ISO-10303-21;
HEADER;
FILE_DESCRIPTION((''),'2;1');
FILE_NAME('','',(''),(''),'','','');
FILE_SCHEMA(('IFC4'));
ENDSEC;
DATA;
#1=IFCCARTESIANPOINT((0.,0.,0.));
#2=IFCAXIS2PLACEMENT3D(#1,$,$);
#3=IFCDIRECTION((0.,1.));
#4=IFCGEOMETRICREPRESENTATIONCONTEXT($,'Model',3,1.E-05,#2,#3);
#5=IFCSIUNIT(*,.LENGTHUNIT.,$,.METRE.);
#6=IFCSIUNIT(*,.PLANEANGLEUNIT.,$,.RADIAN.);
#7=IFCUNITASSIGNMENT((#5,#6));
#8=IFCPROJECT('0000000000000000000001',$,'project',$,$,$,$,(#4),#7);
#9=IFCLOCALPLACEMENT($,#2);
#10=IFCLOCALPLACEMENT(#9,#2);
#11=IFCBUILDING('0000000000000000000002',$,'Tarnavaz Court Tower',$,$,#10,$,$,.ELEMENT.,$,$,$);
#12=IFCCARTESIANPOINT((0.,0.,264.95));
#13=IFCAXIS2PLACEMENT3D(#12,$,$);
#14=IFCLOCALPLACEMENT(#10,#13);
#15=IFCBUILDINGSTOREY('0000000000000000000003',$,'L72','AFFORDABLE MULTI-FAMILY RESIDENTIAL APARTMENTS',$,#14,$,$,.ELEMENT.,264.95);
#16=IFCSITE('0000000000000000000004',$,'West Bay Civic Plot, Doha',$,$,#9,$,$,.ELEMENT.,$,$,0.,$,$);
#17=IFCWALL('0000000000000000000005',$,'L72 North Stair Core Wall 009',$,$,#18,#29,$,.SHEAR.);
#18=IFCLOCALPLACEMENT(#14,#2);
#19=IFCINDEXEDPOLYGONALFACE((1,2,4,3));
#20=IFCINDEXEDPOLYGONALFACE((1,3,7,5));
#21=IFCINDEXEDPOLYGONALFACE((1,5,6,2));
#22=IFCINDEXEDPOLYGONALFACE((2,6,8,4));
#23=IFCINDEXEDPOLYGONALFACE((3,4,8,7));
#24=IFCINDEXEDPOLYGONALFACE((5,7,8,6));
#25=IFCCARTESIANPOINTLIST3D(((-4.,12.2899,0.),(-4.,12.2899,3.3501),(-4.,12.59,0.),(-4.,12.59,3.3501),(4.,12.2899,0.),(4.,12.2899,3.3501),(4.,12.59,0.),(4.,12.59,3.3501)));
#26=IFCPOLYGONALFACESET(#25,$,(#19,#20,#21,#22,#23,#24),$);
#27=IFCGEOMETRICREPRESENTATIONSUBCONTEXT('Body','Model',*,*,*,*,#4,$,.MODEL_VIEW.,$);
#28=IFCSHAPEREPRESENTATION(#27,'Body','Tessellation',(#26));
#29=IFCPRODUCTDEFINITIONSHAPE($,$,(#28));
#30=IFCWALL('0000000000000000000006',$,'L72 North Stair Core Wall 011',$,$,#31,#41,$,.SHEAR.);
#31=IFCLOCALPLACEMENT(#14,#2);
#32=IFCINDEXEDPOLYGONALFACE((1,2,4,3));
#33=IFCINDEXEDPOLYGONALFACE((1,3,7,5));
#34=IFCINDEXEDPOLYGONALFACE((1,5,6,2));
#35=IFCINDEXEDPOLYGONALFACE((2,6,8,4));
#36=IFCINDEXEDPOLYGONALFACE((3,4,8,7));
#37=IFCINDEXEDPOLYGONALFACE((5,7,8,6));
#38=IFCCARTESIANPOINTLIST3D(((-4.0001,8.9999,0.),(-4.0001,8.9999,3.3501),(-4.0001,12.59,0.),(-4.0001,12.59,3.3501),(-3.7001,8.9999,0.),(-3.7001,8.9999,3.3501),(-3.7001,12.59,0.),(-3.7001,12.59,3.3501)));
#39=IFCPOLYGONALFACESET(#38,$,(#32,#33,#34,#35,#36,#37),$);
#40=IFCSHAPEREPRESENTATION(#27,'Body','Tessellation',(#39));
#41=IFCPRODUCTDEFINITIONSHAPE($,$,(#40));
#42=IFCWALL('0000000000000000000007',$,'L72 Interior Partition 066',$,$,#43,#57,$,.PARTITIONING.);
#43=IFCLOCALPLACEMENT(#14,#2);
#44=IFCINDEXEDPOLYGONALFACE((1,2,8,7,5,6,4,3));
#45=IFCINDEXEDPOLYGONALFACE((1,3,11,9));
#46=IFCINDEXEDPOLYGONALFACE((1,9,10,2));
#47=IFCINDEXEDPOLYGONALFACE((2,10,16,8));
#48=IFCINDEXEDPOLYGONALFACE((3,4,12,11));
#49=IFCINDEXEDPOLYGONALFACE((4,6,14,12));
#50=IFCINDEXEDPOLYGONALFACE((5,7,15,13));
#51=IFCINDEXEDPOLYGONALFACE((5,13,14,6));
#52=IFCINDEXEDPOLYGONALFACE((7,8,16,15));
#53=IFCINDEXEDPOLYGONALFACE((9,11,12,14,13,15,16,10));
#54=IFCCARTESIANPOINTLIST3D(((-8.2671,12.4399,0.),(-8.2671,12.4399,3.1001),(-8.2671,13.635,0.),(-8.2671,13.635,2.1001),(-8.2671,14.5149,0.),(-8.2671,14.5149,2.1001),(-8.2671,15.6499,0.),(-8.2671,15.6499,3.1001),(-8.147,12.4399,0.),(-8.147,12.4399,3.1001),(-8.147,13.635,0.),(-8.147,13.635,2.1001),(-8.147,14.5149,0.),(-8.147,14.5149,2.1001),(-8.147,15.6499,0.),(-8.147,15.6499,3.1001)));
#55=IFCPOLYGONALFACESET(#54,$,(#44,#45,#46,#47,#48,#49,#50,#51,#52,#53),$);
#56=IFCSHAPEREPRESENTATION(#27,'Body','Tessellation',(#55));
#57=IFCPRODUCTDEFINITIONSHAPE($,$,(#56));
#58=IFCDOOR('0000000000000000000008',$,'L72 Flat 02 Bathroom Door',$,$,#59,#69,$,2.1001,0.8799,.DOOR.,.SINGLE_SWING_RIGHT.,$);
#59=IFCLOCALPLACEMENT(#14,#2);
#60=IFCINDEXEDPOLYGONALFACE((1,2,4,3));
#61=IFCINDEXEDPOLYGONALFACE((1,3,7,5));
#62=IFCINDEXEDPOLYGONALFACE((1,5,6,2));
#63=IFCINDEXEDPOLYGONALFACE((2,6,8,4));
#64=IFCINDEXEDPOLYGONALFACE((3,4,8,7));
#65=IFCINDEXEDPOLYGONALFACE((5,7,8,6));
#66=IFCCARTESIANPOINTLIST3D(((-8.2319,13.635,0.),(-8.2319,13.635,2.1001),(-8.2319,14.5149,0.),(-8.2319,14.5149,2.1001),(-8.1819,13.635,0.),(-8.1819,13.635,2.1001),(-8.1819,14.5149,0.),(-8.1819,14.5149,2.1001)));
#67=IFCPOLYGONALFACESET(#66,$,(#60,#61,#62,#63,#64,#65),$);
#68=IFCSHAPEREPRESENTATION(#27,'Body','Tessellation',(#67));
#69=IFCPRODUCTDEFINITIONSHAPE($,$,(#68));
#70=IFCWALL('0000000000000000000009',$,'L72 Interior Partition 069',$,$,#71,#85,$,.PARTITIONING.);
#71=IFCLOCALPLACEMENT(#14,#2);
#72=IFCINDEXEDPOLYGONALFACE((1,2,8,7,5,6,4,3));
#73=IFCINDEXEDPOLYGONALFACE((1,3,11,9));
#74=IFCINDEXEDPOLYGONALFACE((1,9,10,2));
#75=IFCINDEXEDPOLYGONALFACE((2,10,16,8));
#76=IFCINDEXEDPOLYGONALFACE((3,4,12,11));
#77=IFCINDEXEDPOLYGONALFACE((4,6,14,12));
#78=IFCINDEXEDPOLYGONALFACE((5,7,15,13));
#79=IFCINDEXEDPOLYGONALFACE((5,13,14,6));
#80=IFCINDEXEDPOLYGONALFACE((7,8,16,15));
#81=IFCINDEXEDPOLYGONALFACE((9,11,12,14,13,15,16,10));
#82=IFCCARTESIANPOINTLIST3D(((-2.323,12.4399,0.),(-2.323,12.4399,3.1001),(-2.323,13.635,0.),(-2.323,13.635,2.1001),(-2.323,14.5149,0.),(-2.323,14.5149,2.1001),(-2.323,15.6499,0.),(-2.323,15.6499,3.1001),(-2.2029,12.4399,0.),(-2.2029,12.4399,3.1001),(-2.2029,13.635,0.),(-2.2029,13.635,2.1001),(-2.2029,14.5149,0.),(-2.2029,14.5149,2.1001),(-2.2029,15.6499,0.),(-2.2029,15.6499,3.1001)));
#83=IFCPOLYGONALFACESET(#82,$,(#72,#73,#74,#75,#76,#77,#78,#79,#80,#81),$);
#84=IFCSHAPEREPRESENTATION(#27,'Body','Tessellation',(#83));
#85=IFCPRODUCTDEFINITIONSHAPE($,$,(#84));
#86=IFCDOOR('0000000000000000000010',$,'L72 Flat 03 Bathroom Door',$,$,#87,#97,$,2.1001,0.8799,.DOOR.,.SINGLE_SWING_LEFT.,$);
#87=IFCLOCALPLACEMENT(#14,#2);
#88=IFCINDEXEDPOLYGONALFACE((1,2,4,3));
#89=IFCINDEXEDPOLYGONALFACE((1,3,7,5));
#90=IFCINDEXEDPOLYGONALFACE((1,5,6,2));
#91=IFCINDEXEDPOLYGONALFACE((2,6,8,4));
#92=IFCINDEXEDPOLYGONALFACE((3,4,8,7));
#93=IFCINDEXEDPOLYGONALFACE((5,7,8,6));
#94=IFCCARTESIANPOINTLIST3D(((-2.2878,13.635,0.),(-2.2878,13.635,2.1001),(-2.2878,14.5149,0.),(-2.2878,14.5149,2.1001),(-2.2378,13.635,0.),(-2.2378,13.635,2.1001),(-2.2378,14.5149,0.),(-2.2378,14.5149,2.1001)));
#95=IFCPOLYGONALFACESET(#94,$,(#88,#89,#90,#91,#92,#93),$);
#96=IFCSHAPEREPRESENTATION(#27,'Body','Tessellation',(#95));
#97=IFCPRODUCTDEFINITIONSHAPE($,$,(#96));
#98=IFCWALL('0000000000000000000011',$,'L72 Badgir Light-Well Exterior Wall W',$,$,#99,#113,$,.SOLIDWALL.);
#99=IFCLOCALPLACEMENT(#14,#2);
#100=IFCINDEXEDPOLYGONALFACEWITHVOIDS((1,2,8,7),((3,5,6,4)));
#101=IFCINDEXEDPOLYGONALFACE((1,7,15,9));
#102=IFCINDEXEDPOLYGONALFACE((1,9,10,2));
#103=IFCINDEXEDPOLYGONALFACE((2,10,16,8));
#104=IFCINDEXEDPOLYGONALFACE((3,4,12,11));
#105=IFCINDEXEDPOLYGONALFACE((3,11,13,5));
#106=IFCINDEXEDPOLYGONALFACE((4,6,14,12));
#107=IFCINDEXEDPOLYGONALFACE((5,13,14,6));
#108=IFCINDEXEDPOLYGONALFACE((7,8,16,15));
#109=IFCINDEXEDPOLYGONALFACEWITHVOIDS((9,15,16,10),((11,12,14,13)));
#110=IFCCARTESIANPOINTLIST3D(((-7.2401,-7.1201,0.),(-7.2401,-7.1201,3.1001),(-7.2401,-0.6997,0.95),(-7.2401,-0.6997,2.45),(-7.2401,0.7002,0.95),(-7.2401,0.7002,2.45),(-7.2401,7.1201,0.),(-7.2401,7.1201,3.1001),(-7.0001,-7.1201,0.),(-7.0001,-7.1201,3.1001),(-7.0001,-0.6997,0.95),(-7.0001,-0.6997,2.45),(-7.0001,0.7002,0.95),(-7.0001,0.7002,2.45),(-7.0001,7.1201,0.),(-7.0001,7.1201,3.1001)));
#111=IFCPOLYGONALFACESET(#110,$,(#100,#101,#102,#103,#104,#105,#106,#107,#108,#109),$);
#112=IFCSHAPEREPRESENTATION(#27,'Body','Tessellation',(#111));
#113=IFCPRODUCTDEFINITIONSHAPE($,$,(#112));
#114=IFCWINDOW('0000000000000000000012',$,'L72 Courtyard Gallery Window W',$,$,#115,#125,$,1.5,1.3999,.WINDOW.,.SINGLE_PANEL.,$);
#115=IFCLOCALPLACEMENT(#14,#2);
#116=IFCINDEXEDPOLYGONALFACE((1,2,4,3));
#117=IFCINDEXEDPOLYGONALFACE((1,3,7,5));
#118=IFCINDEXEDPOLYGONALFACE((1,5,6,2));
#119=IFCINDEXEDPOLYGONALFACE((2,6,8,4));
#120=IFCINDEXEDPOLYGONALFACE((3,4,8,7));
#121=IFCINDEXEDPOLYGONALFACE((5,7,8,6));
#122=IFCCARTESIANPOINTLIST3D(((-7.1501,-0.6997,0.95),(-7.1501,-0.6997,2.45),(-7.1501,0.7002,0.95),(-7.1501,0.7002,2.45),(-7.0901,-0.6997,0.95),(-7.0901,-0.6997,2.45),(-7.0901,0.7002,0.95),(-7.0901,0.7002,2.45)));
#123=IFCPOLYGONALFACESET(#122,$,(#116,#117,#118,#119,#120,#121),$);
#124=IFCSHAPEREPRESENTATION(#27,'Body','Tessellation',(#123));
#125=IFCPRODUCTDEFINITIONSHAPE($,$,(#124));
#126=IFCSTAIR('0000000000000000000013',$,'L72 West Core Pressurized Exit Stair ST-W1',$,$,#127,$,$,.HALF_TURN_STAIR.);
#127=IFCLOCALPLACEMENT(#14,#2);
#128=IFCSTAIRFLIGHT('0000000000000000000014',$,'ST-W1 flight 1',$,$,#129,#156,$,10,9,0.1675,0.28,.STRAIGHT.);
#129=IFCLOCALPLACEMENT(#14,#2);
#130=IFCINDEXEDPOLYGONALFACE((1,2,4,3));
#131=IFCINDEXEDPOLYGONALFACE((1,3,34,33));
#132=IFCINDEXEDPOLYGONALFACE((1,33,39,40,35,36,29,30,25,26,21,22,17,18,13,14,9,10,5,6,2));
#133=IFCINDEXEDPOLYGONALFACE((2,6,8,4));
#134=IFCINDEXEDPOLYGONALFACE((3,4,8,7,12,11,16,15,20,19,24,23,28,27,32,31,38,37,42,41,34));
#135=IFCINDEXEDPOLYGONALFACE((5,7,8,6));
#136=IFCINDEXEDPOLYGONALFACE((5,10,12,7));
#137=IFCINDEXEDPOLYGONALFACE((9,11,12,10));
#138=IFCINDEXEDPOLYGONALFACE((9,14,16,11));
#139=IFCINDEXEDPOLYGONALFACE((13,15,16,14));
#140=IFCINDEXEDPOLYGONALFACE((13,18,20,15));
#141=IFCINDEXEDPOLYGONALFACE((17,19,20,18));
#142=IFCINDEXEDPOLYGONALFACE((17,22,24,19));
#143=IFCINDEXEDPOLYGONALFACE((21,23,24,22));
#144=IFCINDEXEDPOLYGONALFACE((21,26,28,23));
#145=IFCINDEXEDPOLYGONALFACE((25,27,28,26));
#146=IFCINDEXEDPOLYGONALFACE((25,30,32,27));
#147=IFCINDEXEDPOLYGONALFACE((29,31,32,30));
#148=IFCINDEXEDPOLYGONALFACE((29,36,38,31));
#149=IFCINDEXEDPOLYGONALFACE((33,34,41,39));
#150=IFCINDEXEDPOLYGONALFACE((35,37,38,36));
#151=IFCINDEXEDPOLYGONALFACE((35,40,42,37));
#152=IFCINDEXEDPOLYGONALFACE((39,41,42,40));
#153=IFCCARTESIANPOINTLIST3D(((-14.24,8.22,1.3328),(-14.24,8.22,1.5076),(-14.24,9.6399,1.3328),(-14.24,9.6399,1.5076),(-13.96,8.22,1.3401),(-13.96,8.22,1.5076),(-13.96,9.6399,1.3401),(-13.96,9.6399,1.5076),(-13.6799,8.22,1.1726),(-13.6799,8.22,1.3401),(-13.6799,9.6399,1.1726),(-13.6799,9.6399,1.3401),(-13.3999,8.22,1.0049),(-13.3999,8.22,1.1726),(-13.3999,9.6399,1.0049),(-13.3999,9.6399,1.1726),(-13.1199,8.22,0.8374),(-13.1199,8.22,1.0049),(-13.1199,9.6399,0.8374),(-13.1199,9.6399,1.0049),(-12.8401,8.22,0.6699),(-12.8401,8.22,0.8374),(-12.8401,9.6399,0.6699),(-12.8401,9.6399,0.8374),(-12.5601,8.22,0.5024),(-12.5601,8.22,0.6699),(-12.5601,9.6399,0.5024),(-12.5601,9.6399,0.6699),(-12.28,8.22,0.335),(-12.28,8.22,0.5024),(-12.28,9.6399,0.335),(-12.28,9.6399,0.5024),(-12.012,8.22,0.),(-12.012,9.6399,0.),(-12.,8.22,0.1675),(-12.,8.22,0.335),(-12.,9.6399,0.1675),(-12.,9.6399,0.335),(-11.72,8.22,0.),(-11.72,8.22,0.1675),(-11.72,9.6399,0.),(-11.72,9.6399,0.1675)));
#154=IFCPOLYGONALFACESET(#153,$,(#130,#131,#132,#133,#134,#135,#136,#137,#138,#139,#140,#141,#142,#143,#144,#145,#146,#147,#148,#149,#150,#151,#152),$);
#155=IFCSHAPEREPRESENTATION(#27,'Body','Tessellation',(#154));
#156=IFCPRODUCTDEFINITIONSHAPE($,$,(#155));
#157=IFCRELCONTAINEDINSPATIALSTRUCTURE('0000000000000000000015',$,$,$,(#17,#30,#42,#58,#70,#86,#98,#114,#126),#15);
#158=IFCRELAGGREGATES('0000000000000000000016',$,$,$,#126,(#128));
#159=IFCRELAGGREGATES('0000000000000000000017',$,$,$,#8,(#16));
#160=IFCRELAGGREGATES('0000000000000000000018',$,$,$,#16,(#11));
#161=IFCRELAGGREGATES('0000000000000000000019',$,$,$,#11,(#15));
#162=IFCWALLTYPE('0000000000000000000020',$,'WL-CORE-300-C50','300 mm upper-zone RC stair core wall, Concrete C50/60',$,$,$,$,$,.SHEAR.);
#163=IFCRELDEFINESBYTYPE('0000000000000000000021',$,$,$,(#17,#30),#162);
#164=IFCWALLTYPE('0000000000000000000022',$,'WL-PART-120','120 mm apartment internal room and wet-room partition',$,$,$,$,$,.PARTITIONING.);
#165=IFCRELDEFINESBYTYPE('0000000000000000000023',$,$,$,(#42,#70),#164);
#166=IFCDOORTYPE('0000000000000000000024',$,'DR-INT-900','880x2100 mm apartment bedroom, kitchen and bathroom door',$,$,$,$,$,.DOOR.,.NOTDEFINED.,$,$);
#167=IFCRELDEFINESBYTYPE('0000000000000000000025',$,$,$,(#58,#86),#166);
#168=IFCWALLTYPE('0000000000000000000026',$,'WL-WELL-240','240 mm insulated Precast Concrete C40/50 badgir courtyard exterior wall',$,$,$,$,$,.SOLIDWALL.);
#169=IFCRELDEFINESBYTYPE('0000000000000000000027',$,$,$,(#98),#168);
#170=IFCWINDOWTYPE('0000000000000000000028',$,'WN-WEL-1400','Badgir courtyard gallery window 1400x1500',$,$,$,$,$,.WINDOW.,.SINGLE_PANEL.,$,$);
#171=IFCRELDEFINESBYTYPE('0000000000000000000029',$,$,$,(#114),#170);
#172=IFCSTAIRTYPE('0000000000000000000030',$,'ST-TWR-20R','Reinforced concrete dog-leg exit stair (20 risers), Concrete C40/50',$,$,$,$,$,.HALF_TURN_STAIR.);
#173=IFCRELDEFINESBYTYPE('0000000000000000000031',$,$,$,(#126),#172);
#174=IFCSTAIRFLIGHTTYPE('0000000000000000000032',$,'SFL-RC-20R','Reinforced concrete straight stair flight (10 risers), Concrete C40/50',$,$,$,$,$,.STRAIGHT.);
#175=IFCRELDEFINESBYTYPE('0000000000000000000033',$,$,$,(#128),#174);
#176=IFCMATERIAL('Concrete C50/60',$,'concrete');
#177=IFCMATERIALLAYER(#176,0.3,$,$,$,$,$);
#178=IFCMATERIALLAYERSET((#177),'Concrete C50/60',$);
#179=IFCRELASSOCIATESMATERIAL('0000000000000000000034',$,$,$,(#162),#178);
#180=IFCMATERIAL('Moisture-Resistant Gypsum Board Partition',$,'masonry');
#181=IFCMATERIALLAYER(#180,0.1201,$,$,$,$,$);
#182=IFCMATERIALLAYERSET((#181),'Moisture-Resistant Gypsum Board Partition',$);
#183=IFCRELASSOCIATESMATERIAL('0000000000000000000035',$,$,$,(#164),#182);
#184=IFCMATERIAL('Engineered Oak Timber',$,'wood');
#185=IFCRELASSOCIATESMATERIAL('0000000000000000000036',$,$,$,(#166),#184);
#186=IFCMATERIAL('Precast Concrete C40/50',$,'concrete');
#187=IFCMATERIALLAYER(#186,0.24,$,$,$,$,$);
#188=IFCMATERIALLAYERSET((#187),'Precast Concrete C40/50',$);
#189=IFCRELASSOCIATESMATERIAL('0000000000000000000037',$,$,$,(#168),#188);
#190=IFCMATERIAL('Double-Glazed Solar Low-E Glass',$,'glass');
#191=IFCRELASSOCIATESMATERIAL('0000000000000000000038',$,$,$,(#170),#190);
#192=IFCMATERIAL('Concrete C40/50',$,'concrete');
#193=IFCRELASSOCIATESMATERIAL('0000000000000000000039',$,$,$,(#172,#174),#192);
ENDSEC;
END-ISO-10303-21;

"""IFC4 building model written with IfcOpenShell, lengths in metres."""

from ifc_helpers import new_model, si_unit, direction, frame, frame_2d, origin, place, context, subcontext, project, spatial, polyline, rectangle, outline, extrude, material, layer, layer_set, type_object, element, fill, aggregate, save


model = new_model("IFC4")

# Units and contexts
model_context = context("Model", 3, precision=1e-05, world=origin(), true_north=direction((0.0, 1.0)))
body_context = subcontext(model_context, "Body", "Model", "MODEL_VIEW")
ifc_project = project(units=[si_unit("LENGTHUNIT", "METRE"), si_unit("PLANEANGLEUNIT", "RADIAN")], contexts=[model_context])

# Site, building, storey
site_placement = place(None, origin())
site = spatial("IfcSite", under=ifc_project, at=site_placement, Name="West Bay Civic Plot, Doha", CompositionType="ELEMENT", RefElevation=0.0)
building_placement = place(site_placement, origin())
building = spatial("IfcBuilding", under=site, at=building_placement, Name="Tarnavaz Court Tower", CompositionType="ELEMENT")
storey_placement = place(building_placement, frame((0.0, 0.0, 264.95)))
storey = spatial("IfcBuildingStorey", under=building, at=storey_placement, Name="L72", Description="AFFORDABLE MULTI-FAMILY RESIDENTIAL APARTMENTS", CompositionType="ELEMENT", Elevation=264.95)

# Shared definitions
ifc_material_1 = material(Name="Concrete C50/60", Category="concrete")

# Wall
ifc_layer_1 = layer(ifc_material_1, 0.3)
ifc_layer_set_1 = layer_set([ifc_layer_1], Name="Concrete C50/60")
wall_type_1 = type_object("IfcWallType", Name="WL-CORE-300-C50", Description="300 mm upper-zone RC stair core wall, Concrete C50/60", PredefinedType="SHEAR", material=ifc_layer_set_1)
wall_1_placement = place(storey_placement, frame((-4.0, 12.4399, 0.0), z_axis=(0.0, 0.0, 1.0), x_axis=(1.0, 0.0, 0.0)))
element("IfcWall", 1, at=wall_1_placement, inside=storey, type_object=wall_type_1, Name="L72 North Stair Core Wall 009", PredefinedType="SHEAR", context=body_context, shape_type="SweptSolid", body=[
    extrude(rectangle(XDim=8.0, YDim=0.3, at=frame_2d((4.0, 0.0))), origin(), (0.0, 0.0, 1.0), 3.3501),
])

# Wall
wall_2_placement = place(storey_placement, frame((-3.8501, 9.0, 0.0), z_axis=(0.0, 0.0, 1.0), x_axis=(0.0, 1.0, 0.0)))
element("IfcWall", 2, at=wall_2_placement, inside=storey, type_object=wall_type_1, Name="L72 North Stair Core Wall 011", PredefinedType="SHEAR", context=body_context, shape_type="SweptSolid", body=[
    extrude(rectangle(XDim=3.5901, YDim=0.3, at=frame_2d((1.7949, 0.0))), origin(), (0.0, 0.0, 1.0), 3.3501),
])

# Walls, openings, doors
ifc_material_2 = material(Name="Moisture-Resistant Gypsum Board Partition", Category="masonry")
ifc_layer_2 = layer(ifc_material_2, 0.1201)
ifc_layer_set_2 = layer_set([ifc_layer_2], Name="Moisture-Resistant Gypsum Board Partition")
wall_type_2 = type_object("IfcWallType", Name="WL-PART-120", Description="120 mm apartment internal room and wet-room partition", PredefinedType="PARTITIONING", material=ifc_layer_set_2)
wall_3_placement = place(storey_placement, frame((-8.207, 12.4399, 0.0), z_axis=(0.0, 0.0, 1.0), x_axis=(0.0, 1.0, 0.0)))
wall_3 = element("IfcWall", 3, at=wall_3_placement, inside=storey, type_object=wall_type_2, Name="L72 Interior Partition 066", PredefinedType="PARTITIONING", context=body_context, shape_type="SweptSolid", body=[
    extrude(rectangle(XDim=3.21, YDim=0.1201, at=frame_2d((1.605, 0.0))), origin(), (0.0, 0.0, 1.0), 3.1001),
])
opening_1_placement = place(wall_3_placement, frame((1.1951, 0.0, 0.0)))
opening_1 = element("IfcOpeningElement", 4, at=opening_1_placement, cuts=wall_3, PredefinedType="OPENING", context=body_context, shape_type="SweptSolid", body=[
    extrude(rectangle(XDim=0.8799, YDim=2.1001, at=frame_2d((0.4399, 1.05))), frame((0.0, 0.0701, 0.0), z_axis=(0.0, -1.0, 0.0), x_axis=(1.0, 0.0, 0.0)), (0.0, 0.0, 1.0), 0.1401),
])
ifc_material_3 = material(Name="Engineered Oak Timber", Category="wood")
door_type_1 = type_object("IfcDoorType", Name="DR-INT-900", Description="880x2100 mm apartment bedroom, kitchen and bathroom door", OperationType="NOTDEFINED", PredefinedType="DOOR", material=ifc_material_3)
door_1_placement = place(opening_1_placement, origin())
door_1 = element("IfcDoor", 5, at=door_1_placement, inside=storey, type_object=door_type_1, Name="L72 Flat 02 Bathroom Door", OperationType="SINGLE_SWING_RIGHT", OverallHeight=2.1001, OverallWidth=0.8799, PredefinedType="DOOR", context=body_context, shape_type="SweptSolid", body=[
    extrude(rectangle(XDim=0.8799, YDim=2.1001, at=frame_2d((0.4399, 1.05))), frame((0.0, 0.0249, 0.0), z_axis=(0.0, -1.0, 0.0), x_axis=(1.0, 0.0, 0.0)), (0.0, 0.0, 1.0), 0.05),
])
fill(opening_1, door_1)
wall_4_placement = place(storey_placement, frame((-2.2629, 12.4399, 0.0), z_axis=(0.0, 0.0, 1.0), x_axis=(0.0, 1.0, 0.0)))
wall_4 = element("IfcWall", 6, at=wall_4_placement, inside=storey, type_object=wall_type_2, Name="L72 Interior Partition 069", PredefinedType="PARTITIONING", context=body_context, shape_type="SweptSolid", body=[
    extrude(rectangle(XDim=3.21, YDim=0.1201, at=frame_2d((1.605, 0.0))), origin(), (0.0, 0.0, 1.0), 3.1001),
])
opening_2_placement = place(wall_4_placement, frame((1.1951, 0.0, 0.0)))
opening_2 = element("IfcOpeningElement", 7, at=opening_2_placement, cuts=wall_4, PredefinedType="OPENING", context=body_context, shape_type="SweptSolid", body=[
    extrude(rectangle(XDim=0.8799, YDim=2.1001, at=frame_2d((0.4399, 1.05))), frame((0.0, 0.0701, 0.0), z_axis=(0.0, -1.0, 0.0), x_axis=(1.0, 0.0, 0.0)), (0.0, 0.0, 1.0), 0.1401),
])
door_2_placement = place(opening_2_placement, origin())
door_2 = element("IfcDoor", 8, at=door_2_placement, inside=storey, type_object=door_type_1, Name="L72 Flat 03 Bathroom Door", OperationType="SINGLE_SWING_LEFT", OverallHeight=2.1001, OverallWidth=0.8799, PredefinedType="DOOR", context=body_context, shape_type="SweptSolid", body=[
    extrude(rectangle(XDim=0.8799, YDim=2.1001, at=frame_2d((0.4399, 1.05))), frame((0.0, 0.0249, 0.0), z_axis=(0.0, -1.0, 0.0), x_axis=(1.0, 0.0, 0.0)), (0.0, 0.0, 1.0), 0.05),
])
fill(opening_2, door_2)

# Wall, opening, window
ifc_material_4 = material(Name="Precast Concrete C40/50", Category="concrete")
ifc_layer_3 = layer(ifc_material_4, 0.24)
ifc_layer_set_3 = layer_set([ifc_layer_3], Name="Precast Concrete C40/50")
wall_type_3 = type_object("IfcWallType", Name="WL-WELL-240", Description="240 mm insulated Precast Concrete C40/50 badgir courtyard exterior wall", PredefinedType="SOLIDWALL", material=ifc_layer_set_3)
wall_5_placement = place(storey_placement, frame((-7.1201, 7.1201, 0.0), z_axis=(0.0, 0.0, 1.0), x_axis=(0.0, -1.0, 0.0)))
wall_5 = element("IfcWall", 9, at=wall_5_placement, inside=storey, type_object=wall_type_3, Name="L72 Badgir Light-Well Exterior Wall W", PredefinedType="SOLIDWALL", context=body_context, shape_type="SweptSolid", body=[
    extrude(rectangle(XDim=14.2402, YDim=0.24, at=frame_2d((7.1201, 0.0))), origin(), (0.0, 0.0, 1.0), 3.1001),
])
opening_3_placement = place(wall_5_placement, frame((6.4199, 0.0, 0.95)))
opening_3 = element("IfcOpeningElement", 10, at=opening_3_placement, cuts=wall_5, PredefinedType="OPENING", context=body_context, shape_type="SweptSolid", body=[
    extrude(rectangle(XDim=1.3999, YDim=1.5, at=frame_2d((0.7, 0.75))), frame((0.0, 0.1299, 0.0), z_axis=(0.0, -1.0, 0.0), x_axis=(1.0, 0.0, 0.0)), (0.0, 0.0, 1.0), 0.26),
])
ifc_material_5 = material(Name="Double-Glazed Solar Low-E Glass", Category="glass")
window_type = type_object("IfcWindowType", Name="WN-WEL-1400", Description="Badgir courtyard gallery window 1400x1500", PartitioningType="SINGLE_PANEL", PredefinedType="WINDOW", material=ifc_material_5)
window_placement = place(opening_3_placement, origin())
window = element("IfcWindow", 11, at=window_placement, inside=storey, type_object=window_type, Name="L72 Courtyard Gallery Window W", OverallHeight=1.5, OverallWidth=1.3999, PartitioningType="SINGLE_PANEL", PredefinedType="WINDOW", context=body_context, shape_type="SweptSolid", body=[
    extrude(rectangle(XDim=1.3999, YDim=1.5, at=frame_2d((0.7, 0.75))), frame((0.0, 0.03, 0.0), z_axis=(0.0, -1.0, 0.0), x_axis=(1.0, 0.0, 0.0)), (0.0, 0.0, 1.0), 0.0601),
])
fill(opening_3, window)

# Stair, stair flight
ifc_material_6 = material(Name="Concrete C40/50", Category="concrete")
stair_type = type_object("IfcStairType", Name="ST-TWR-20R", Description="Reinforced concrete dog-leg exit stair (20 risers), Concrete C40/50", PredefinedType="HALF_TURN_STAIR", material=ifc_material_6)
stair_1_placement = place(storey_placement, origin())
stair_1 = element("IfcStair", 12, at=stair_1_placement, inside=storey, type_object=stair_type, Name="L72 West Core Pressurized Exit Stair ST-W1", PredefinedType="HALF_TURN_STAIR")
stair_flight_type = type_object("IfcStairFlightType", Name="SFL-RC-20R", Description="Reinforced concrete straight stair flight (10 risers), Concrete C40/50", PredefinedType="STRAIGHT", material=ifc_material_6)
stair_flight_1_placement = place(storey_placement, frame((-11.72, 8.9299, 0.0), z_axis=(0.0, 0.0, 1.0), x_axis=(-1.0, 0.0, 0.0)))
stair_flight_1 = element("IfcStairFlight", 13, at=stair_flight_1_placement, type_object=stair_flight_type, Name="ST-W1 flight 1", NumberOfRisers=10, NumberOfTreads=9, PredefinedType="STRAIGHT", RiserHeight=0.1675, TreadLength=0.28, context=body_context, shape_type="SweptSolid", body=[
    extrude(outline(polyline([(0.0, 0.0), (0.0, 0.1675), (0.28, 0.1675), (0.28, 0.335), (0.5601, 0.335), (0.5601, 0.5024), (0.8401, 0.5024), (0.8401, 0.6699), (1.1201, 0.6699), (1.1201, 0.8374), (1.3999, 0.8374), (1.3999, 1.0049), (1.6799, 1.0049), (1.6799, 1.1726), (1.96, 1.1726), (1.96, 1.3401), (2.24, 1.3401), (2.24, 1.5076), (2.52, 1.5076), (2.52, 1.675), (2.52, 1.3328), (0.292, 0.0), (0.0, 0.0)])), frame((0.0, 0.71, 0.0), z_axis=(0.0, -1.0, 0.0), x_axis=(1.0, 0.0, 0.0)), (0.0, 0.0, 1.0), 1.4199),
])
aggregate(stair_1, [stair_flight_1])

save(model, "model.ifc")
